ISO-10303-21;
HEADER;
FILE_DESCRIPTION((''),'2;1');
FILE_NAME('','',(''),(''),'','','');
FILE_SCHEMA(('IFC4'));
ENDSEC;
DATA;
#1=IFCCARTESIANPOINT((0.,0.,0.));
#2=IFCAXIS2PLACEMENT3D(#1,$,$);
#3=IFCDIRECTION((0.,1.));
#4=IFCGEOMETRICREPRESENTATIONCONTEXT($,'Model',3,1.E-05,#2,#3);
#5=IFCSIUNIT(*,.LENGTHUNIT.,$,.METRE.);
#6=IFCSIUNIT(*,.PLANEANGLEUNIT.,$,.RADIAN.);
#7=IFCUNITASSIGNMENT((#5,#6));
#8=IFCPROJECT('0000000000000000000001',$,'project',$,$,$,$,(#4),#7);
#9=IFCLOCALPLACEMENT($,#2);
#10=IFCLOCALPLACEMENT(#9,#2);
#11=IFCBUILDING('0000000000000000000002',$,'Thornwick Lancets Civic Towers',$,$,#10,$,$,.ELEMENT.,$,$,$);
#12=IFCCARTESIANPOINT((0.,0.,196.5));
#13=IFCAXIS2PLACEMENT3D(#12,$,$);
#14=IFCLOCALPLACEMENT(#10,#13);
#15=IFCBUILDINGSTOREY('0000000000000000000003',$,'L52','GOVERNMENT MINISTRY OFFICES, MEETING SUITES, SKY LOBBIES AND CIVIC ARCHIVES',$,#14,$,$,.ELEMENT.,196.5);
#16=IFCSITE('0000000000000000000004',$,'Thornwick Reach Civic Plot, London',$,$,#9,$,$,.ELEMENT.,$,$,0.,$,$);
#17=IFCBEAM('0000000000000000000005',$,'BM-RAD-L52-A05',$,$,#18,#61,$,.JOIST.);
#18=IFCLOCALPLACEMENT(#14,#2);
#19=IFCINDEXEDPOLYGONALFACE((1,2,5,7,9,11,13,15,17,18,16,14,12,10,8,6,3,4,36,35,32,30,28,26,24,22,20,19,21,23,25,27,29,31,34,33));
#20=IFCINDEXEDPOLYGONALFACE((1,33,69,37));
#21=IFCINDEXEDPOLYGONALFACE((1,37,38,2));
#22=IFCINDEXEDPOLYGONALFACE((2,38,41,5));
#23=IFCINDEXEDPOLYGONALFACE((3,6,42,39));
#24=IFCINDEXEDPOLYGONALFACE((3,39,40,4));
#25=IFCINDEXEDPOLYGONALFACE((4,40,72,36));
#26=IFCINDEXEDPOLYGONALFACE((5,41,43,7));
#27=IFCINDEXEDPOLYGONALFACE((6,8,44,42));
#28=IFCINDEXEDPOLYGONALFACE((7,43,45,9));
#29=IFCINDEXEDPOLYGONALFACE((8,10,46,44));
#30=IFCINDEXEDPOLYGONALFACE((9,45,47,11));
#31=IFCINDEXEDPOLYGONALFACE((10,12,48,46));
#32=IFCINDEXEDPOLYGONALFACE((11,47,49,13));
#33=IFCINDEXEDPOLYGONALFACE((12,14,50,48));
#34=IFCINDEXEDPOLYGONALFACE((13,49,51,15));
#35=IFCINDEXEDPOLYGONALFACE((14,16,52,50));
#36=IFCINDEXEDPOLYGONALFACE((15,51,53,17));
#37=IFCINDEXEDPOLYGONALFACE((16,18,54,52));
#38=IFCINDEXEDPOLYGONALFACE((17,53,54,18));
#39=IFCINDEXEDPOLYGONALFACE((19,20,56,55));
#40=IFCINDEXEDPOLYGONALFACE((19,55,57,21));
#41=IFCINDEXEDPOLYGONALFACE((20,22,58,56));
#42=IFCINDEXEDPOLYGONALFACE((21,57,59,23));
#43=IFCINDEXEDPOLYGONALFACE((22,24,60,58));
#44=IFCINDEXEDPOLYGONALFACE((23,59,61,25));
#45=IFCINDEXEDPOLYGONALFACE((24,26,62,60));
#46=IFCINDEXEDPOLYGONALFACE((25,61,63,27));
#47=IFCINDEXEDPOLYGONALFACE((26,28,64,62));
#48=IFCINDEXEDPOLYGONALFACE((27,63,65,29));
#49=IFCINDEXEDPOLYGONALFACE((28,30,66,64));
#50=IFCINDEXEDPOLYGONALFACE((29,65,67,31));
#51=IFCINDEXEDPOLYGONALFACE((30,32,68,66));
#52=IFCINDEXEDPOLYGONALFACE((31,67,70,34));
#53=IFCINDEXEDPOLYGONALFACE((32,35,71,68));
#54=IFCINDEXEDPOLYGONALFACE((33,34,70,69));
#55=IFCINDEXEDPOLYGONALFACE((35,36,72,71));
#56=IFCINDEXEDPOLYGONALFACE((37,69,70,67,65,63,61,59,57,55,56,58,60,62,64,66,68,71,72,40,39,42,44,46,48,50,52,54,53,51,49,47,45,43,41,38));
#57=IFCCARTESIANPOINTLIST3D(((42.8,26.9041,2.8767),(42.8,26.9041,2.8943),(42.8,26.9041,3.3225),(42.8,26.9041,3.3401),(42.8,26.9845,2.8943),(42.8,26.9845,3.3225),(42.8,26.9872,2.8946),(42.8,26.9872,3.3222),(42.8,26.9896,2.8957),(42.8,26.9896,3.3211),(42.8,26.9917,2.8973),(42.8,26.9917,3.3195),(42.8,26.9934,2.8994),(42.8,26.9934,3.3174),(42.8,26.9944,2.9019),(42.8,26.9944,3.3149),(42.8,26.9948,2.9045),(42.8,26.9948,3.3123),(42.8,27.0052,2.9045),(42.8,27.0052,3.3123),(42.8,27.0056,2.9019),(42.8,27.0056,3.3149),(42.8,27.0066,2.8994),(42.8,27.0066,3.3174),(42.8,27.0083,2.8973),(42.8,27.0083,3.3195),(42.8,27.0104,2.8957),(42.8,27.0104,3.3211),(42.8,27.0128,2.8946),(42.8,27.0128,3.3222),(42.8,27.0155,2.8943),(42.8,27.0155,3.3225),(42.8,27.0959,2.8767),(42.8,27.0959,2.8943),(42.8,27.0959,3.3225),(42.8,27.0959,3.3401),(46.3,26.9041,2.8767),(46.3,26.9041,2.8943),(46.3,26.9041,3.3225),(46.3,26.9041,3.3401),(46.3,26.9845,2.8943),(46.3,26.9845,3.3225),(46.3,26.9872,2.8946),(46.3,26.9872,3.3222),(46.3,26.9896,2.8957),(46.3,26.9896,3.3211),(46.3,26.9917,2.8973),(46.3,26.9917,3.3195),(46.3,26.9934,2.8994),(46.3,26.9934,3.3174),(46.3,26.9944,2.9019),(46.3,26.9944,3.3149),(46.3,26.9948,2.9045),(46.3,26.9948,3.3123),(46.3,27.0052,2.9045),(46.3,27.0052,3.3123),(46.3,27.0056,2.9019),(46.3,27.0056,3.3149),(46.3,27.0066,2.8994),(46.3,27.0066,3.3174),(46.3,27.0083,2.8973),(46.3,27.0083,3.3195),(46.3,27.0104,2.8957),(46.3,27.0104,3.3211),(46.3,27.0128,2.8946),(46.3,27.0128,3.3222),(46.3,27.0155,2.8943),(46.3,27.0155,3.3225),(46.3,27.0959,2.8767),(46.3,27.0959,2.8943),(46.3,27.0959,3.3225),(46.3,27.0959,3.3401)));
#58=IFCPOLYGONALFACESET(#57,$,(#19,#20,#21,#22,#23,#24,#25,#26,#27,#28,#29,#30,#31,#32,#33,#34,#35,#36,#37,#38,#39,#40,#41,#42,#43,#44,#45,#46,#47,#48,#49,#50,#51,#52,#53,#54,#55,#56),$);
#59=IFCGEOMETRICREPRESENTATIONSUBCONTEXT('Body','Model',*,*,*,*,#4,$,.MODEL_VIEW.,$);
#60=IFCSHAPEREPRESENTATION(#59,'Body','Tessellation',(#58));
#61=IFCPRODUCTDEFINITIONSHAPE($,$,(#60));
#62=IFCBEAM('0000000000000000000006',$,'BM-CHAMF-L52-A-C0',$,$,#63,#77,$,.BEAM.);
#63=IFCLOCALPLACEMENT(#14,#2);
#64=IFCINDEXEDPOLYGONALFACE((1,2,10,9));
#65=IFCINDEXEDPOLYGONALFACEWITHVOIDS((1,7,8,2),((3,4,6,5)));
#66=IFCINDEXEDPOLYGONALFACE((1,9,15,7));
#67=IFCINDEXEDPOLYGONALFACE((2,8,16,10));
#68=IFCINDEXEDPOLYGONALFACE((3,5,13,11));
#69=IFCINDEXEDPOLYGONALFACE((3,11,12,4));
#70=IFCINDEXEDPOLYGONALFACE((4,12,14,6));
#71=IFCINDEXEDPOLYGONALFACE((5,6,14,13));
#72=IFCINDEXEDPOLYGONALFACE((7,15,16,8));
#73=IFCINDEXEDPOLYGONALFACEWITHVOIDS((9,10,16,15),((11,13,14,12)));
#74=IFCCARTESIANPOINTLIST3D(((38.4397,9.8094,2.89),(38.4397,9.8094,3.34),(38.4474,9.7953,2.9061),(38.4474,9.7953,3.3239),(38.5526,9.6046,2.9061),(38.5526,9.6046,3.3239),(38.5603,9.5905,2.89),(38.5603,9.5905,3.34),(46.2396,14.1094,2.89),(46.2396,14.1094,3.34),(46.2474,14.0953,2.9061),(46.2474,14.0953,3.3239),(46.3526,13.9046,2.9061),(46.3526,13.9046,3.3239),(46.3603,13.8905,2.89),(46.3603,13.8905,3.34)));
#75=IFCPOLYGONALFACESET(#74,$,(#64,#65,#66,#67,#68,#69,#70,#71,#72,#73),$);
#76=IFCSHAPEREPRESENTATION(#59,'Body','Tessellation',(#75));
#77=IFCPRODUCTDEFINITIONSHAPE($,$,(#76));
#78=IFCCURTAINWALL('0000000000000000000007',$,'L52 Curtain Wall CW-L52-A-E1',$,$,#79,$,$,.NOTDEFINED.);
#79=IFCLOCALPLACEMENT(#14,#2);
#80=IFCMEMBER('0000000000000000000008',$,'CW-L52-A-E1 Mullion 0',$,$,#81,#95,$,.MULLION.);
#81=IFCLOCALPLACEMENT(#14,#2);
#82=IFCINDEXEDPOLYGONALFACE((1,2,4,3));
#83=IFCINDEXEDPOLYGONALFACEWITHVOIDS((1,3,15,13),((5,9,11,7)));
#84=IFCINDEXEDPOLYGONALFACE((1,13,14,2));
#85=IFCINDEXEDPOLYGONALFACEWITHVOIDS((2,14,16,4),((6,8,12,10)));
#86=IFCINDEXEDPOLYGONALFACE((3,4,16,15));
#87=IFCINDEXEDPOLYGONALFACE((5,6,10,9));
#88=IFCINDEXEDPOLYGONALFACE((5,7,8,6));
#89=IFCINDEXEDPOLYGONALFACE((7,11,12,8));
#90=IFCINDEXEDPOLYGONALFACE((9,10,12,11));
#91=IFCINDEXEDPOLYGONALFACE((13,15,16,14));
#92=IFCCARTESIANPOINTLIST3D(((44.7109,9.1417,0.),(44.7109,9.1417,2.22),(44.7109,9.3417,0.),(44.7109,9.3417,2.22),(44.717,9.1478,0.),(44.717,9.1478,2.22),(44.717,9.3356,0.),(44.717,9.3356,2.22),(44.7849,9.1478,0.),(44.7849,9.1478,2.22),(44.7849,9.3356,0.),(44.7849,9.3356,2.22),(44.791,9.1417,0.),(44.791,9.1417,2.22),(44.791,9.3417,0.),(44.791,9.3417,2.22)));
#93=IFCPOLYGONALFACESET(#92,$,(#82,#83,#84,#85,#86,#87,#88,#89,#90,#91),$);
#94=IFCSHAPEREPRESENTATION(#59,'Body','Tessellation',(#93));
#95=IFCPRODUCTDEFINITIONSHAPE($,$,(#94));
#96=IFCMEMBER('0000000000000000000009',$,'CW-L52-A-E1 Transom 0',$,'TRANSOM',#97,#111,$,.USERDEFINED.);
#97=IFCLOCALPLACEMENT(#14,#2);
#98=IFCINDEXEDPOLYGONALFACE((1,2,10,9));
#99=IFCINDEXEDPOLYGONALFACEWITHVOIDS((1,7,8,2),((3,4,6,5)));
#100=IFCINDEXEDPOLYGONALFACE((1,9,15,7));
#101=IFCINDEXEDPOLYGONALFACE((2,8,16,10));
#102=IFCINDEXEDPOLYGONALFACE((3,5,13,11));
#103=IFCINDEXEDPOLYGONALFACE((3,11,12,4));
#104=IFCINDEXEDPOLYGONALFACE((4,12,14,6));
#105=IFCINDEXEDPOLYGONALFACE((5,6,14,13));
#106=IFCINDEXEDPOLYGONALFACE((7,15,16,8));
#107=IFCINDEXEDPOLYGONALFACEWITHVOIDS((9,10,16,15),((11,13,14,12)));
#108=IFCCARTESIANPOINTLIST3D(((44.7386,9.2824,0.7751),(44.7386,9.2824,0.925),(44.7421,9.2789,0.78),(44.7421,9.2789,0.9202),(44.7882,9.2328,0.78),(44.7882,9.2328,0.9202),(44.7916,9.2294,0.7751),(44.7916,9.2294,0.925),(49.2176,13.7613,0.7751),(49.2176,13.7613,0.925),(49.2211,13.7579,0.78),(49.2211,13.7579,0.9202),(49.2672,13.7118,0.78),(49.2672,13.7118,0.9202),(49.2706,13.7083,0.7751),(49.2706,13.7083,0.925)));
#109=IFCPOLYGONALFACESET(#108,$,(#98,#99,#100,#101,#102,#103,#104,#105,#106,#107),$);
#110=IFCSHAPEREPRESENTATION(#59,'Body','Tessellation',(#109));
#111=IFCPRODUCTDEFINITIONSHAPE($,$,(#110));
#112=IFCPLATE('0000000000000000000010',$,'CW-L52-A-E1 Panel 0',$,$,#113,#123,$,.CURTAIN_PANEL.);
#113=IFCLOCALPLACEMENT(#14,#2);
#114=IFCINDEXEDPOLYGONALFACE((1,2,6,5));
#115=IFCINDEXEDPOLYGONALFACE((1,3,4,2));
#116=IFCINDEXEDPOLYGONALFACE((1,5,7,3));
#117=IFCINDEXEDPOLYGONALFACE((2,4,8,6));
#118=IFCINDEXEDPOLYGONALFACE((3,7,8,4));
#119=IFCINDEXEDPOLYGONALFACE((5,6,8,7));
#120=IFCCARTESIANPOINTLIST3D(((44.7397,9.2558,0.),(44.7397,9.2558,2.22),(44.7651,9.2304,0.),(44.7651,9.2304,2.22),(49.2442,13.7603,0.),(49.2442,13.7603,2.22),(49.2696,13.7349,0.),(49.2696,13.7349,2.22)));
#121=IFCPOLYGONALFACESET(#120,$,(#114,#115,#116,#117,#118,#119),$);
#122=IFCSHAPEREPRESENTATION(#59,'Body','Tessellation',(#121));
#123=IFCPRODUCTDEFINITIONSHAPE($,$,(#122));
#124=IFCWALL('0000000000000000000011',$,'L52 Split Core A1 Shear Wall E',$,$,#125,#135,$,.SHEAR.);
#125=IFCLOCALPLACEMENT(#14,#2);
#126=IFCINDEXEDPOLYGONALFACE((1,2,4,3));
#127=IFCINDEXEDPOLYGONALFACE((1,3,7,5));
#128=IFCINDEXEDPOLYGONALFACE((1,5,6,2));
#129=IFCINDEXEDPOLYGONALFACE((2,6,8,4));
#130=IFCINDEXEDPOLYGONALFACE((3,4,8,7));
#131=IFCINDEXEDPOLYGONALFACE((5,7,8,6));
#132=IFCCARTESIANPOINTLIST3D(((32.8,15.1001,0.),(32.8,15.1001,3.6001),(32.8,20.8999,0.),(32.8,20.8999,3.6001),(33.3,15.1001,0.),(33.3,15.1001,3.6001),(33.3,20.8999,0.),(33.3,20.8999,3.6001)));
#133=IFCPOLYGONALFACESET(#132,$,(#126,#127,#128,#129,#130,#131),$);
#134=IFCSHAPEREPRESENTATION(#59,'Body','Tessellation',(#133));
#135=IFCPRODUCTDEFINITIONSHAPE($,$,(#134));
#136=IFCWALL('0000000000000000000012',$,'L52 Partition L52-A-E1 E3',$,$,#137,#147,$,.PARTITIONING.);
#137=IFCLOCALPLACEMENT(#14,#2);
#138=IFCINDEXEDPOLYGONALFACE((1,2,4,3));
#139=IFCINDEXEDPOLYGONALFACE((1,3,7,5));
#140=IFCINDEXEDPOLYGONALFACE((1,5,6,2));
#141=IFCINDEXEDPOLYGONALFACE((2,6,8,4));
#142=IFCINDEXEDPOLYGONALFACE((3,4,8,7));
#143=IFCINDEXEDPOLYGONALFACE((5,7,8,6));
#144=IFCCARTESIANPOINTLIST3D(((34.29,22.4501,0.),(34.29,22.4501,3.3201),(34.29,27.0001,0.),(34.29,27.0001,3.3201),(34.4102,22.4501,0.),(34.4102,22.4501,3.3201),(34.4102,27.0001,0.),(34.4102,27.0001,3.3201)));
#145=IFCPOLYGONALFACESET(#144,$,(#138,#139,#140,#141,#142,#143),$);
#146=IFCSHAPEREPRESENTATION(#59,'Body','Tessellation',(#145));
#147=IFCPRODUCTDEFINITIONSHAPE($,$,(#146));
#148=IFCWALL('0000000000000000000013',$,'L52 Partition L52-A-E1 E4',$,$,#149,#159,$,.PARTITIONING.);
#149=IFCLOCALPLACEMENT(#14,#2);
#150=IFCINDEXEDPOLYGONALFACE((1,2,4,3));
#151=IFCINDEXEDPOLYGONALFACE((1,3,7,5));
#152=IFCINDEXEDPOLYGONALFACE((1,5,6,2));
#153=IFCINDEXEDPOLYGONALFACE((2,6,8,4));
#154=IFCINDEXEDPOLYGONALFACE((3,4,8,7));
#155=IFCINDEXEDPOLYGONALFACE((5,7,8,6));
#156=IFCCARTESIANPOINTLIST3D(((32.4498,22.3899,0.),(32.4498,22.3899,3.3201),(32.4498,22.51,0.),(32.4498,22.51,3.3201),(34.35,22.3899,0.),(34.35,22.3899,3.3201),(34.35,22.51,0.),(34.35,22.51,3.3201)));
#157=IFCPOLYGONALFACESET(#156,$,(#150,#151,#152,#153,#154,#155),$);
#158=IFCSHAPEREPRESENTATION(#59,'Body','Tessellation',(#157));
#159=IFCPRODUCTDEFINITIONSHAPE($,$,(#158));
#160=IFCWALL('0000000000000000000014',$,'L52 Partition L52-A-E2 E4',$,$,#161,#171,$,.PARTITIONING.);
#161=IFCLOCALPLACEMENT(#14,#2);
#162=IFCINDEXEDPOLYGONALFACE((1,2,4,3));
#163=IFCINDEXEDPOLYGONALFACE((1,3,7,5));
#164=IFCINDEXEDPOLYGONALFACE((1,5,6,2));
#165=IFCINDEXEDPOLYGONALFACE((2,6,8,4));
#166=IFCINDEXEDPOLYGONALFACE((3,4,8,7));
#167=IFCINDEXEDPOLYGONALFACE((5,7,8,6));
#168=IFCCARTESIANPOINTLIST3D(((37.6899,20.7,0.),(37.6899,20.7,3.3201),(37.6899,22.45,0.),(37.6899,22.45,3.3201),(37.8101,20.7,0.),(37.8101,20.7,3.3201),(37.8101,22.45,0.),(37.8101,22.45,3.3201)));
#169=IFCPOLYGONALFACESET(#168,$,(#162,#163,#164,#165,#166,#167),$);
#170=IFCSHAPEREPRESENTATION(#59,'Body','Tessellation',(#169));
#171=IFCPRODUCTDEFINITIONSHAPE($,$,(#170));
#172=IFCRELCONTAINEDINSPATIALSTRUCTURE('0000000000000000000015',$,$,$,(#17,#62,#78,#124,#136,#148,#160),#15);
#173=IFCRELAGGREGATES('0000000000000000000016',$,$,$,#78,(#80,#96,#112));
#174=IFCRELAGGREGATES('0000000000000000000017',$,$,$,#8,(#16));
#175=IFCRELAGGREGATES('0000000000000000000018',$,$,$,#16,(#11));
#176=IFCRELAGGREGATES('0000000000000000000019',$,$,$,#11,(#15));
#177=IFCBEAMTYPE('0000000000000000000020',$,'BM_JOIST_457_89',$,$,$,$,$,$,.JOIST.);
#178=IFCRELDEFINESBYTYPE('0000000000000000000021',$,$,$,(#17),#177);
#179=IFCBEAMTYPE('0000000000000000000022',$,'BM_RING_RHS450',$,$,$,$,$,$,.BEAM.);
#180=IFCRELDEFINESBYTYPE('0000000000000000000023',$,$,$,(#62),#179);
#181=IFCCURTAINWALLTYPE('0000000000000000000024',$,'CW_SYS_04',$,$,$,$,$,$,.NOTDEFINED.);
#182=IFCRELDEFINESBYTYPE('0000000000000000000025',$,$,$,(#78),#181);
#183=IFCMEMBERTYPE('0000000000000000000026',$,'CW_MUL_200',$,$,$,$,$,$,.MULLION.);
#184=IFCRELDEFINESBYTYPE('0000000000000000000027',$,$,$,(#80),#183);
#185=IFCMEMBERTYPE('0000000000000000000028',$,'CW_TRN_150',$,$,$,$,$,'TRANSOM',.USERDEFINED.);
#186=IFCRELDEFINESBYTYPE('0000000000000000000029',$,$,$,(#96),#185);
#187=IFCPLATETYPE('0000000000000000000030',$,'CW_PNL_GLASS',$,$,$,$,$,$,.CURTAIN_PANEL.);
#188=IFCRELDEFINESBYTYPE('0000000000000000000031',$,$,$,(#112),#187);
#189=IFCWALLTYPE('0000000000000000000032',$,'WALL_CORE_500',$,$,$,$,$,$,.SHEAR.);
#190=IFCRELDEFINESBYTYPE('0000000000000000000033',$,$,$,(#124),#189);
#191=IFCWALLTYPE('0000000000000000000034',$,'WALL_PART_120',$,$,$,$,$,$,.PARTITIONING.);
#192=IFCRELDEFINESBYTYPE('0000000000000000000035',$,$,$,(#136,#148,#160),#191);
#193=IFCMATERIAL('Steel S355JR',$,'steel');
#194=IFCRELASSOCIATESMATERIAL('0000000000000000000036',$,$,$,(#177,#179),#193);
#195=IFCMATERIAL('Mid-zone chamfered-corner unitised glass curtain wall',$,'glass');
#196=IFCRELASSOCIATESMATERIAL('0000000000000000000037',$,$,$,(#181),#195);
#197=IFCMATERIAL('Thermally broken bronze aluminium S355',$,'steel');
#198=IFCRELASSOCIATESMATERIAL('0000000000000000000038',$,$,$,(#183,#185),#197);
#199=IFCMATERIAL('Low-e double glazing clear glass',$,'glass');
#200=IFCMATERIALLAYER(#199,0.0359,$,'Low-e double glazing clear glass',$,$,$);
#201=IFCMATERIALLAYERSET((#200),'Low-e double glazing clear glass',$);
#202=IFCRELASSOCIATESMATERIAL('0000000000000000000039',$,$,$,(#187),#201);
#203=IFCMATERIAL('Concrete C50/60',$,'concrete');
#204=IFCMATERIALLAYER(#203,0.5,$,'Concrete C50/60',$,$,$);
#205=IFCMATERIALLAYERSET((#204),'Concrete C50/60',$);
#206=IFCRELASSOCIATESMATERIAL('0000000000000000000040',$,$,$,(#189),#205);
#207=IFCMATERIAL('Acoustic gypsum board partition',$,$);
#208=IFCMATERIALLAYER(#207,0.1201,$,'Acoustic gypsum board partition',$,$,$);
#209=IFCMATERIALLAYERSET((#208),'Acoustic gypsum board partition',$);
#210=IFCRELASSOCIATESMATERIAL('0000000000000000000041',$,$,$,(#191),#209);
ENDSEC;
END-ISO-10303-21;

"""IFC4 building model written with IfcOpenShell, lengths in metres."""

from ifc_helpers import new_model, si_unit, direction, frame, frame_2d, origin, origin_2d, place, context, subcontext, project, spatial, rectangle, hollow_rectangle, i_section, extrude, material, layer, layer_set, material_profile, profile_set, type_object, element, aggregate, save


model = new_model("IFC4")

# Units and contexts
model_context = context("Model", 3, precision=1e-05, world=origin(), true_north=direction((0.0, 1.0)))
body_context = subcontext(model_context, "Body", "Model", "MODEL_VIEW")
ifc_project = project(units=[si_unit("LENGTHUNIT", "METRE"), si_unit("PLANEANGLEUNIT", "RADIAN")], contexts=[model_context])

# Site, building, storey
site_placement = place(None, origin())
site = spatial("IfcSite", under=ifc_project, at=site_placement, Name="Thornwick Reach Civic Plot, London", CompositionType="ELEMENT", RefElevation=0.0)
building_placement = place(site_placement, origin())
building = spatial("IfcBuilding", under=site, at=building_placement, Name="Thornwick Lancets Civic Towers", CompositionType="ELEMENT")
storey_placement = place(building_placement, frame((0.0, 0.0, 196.5)))
storey = spatial("IfcBuildingStorey", under=building, at=storey_placement, Name="L52", Description="GOVERNMENT MINISTRY OFFICES, MEETING SUITES, SKY LOBBIES AND CIVIC ARCHIVES", CompositionType="ELEMENT", Elevation=196.5)

# Shared definitions
ifc_material_1 = material(Name="Concrete C50/60", Category="concrete")

# Beams
ifc_material_2 = material(Name="Steel S355JR", Category="steel")
ifc_material_profile_1 = material_profile(ifc_material_2, i_section(OverallWidth=0.1919, OverallDepth=0.4634, WebThickness=0.0105, FlangeThickness=0.0176, FilletRadius=0.0103, at=origin_2d()), Name="UKB 457x191x89")
ifc_profile_set_1 = profile_set([ifc_material_profile_1], Name="Steel S355JR")
beam_type_1 = type_object("IfcBeamType", Name="BM_JOIST_457_89", PredefinedType="JOIST", material=ifc_profile_set_1)
for number, where, z_axis, x_axis, name in (
    (1, (42.8, 27.0, 3.1084), (1.0, 0.0, 0.0), (0.0, 1.0, 0.0), "BM-RAD-L52-A05"),
):
    element("IfcBeam", number, at=place(storey_placement, frame(where, z_axis=z_axis, x_axis=x_axis)), inside=storey, type_object=beam_type_1, Name=name, PredefinedType="JOIST", context=body_context, shape_type="SweptSolid", body=[
        extrude(i_section(OverallWidth=0.1919, OverallDepth=0.4634, WebThickness=0.0105, FlangeThickness=0.0176, FilletRadius=0.0103, at=origin_2d()), origin(), (0.0, 0.0, 1.0), 3.5),
    ])
ifc_material_profile_2 = material_profile(ifc_material_2, hollow_rectangle(XDim=0.25, YDim=0.45, WallThickness=0.0161, at=origin_2d()), Name="RHS 450x250x16")
ifc_profile_set_2 = profile_set([ifc_material_profile_2], Name="Steel S355JR")
beam_type_2 = type_object("IfcBeamType", Name="BM_RING_RHS450", PredefinedType="BEAM", material=ifc_profile_set_2)
beam_1_placement = place(storey_placement, frame((38.5, 9.7, 3.115), z_axis=(0.87574, 0.482782, 0.0), x_axis=(-0.482782, 0.87574, 0.0)))
element("IfcBeam", 2, at=beam_1_placement, inside=storey, type_object=beam_type_2, Name="BM-CHAMF-L52-A-C0", PredefinedType="BEAM", context=body_context, shape_type="SweptSolid", body=[
    extrude(hollow_rectangle(XDim=0.25, YDim=0.45, WallThickness=0.0161, at=origin_2d()), origin(), (0.0, 0.0, 1.0), 8.9067),
])

# Curtain wall, members, plate
ifc_material_3 = material(Name="Mid-zone chamfered-corner unitised glass curtain wall", Category="glass")
curtain_wall_type = type_object("IfcCurtainWallType", Name="CW_SYS_04", PredefinedType="NOTDEFINED", material=ifc_material_3)
curtain_wall_placement = place(storey_placement, origin())
curtain_wall = element("IfcCurtainWall", 3, at=curtain_wall_placement, inside=storey, type_object=curtain_wall_type, Name="L52 Curtain Wall CW-L52-A-E1", PredefinedType="NOTDEFINED")
ifc_material_4 = material(Name="Thermally broken bronze aluminium S355", Category="steel")
ifc_material_profile_3 = material_profile(ifc_material_4, hollow_rectangle(XDim=0.0801, YDim=0.2, WallThickness=0.0061, at=origin_2d()), Name="RHS 200x80x6")
ifc_profile_set_3 = profile_set([ifc_material_profile_3], Name="Thermally broken bronze aluminium S355")
member_type_1 = type_object("IfcMemberType", Name="CW_MUL_200", PredefinedType="MULLION", material=ifc_profile_set_3)
member_1_placement = place(storey_placement, frame((44.751, 9.2417, 0.0), z_axis=(0.0, 0.0, 1.0), x_axis=(1.0, 0.0, 0.0)))
member_1 = element("IfcMember", 4, at=member_1_placement, type_object=member_type_1, Name="CW-L52-A-E1 Mullion 0", PredefinedType="MULLION", context=body_context, shape_type="SweptSolid", body=[
    extrude(hollow_rectangle(XDim=0.0801, YDim=0.2, WallThickness=0.0061, at=origin_2d()), origin(), (0.0, 0.0, 1.0), 2.22),
])
ifc_material_profile_4 = material_profile(ifc_material_4, hollow_rectangle(XDim=0.075, YDim=0.1499, WallThickness=0.0049, at=origin_2d()), Name="RHS 150x75x5")
ifc_profile_set_4 = profile_set([ifc_material_profile_4], Name="Thermally broken bronze aluminium S355")
member_type_2 = type_object("IfcMemberType", Name="CW_TRN_150", ElementType="TRANSOM", PredefinedType="USERDEFINED", material=ifc_profile_set_4)
member_2_placement = place(storey_placement, frame((44.7651, 9.2559, 0.8501), z_axis=(0.707107, 0.707107, 0.0), x_axis=(-0.707107, 0.707107, 0.0)))
member_2 = element("IfcMember", 5, at=member_2_placement, type_object=member_type_2, Name="CW-L52-A-E1 Transom 0", ObjectType="TRANSOM", PredefinedType="USERDEFINED", context=body_context, shape_type="SweptSolid", body=[
    extrude(hollow_rectangle(XDim=0.075, YDim=0.1499, WallThickness=0.0049, at=origin_2d()), origin(), (0.0, 0.0, 1.0), 6.3342),
])
ifc_material_5 = material(Name="Low-e double glazing clear glass", Category="glass")
ifc_layer_1 = layer(ifc_material_5, 0.0359, Name="Low-e double glazing clear glass")
ifc_layer_set_1 = layer_set([ifc_layer_1], Name="Low-e double glazing clear glass")
plate_type = type_object("IfcPlateType", Name="CW_PNL_GLASS", PredefinedType="CURTAIN_PANEL", material=ifc_layer_set_1)
plate_placement = place(storey_placement, frame((47.0046, 11.4954, 0.0), z_axis=(0.0, 0.0, 1.0), x_axis=(0.707107, 0.707107, 0.0)))
plate = element("IfcPlate", 6, at=plate_placement, type_object=plate_type, Name="CW-L52-A-E1 Panel 0", PredefinedType="CURTAIN_PANEL", context=body_context, shape_type="SweptSolid", body=[
    extrude(rectangle(XDim=6.3704, YDim=0.0359, at=origin_2d()), origin(), (0.0, 0.0, 1.0), 2.22),
])
aggregate(curtain_wall, [member_1, member_2, plate])

# Walls
ifc_layer_2 = layer(ifc_material_1, 0.5, Name="Concrete C50/60")
ifc_layer_set_2 = layer_set([ifc_layer_2], Name="Concrete C50/60")
wall_type_1 = type_object("IfcWallType", Name="WALL_CORE_500", PredefinedType="SHEAR", material=ifc_layer_set_2)
wall_1_placement = place(storey_placement, frame((33.05, 15.1001, 0.0), z_axis=(0.0, 0.0, 1.0), x_axis=(0.0, 1.0, 0.0)))
element("IfcWall", 7, at=wall_1_placement, inside=storey, type_object=wall_type_1, Name="L52 Split Core A1 Shear Wall E", PredefinedType="SHEAR", context=body_context, shape_type="SweptSolid", body=[
    extrude(rectangle(XDim=5.7998, YDim=0.5, at=frame_2d((2.8999, 0.0))), origin(), (0.0, 0.0, 1.0), 3.6001),
])
ifc_material_6 = material(Name="Acoustic gypsum board partition")
ifc_layer_3 = layer(ifc_material_6, 0.1201, Name="Acoustic gypsum board partition")
ifc_layer_set_3 = layer_set([ifc_layer_3], Name="Acoustic gypsum board partition")
wall_type_2 = type_object("IfcWallType", Name="WALL_PART_120", PredefinedType="PARTITIONING", material=ifc_layer_set_3)
wall_2_placement = place(storey_placement, frame((34.3501, 27.0, 0.0), z_axis=(0.0, 0.0, 1.0), x_axis=(0.0, -1.0, 0.0)))
element("IfcWall", 8, at=wall_2_placement, inside=storey, type_object=wall_type_2, Name="L52 Partition L52-A-E1 E3", PredefinedType="PARTITIONING", context=body_context, shape_type="SweptSolid", body=[
    extrude(rectangle(XDim=4.55, YDim=0.1201, at=frame_2d((2.2749, 0.0))), origin(), (0.0, 0.0, 1.0), 3.3201),
])
wall_3_placement = place(storey_placement, frame((34.3501, 22.45, 0.0), z_axis=(0.0, 0.0, 1.0), x_axis=(-1.0, 0.0, 0.0)))
element("IfcWall", 9, at=wall_3_placement, inside=storey, type_object=wall_type_2, Name="L52 Partition L52-A-E1 E4", PredefinedType="PARTITIONING", context=body_context, shape_type="SweptSolid", body=[
    extrude(rectangle(XDim=1.9001, YDim=0.1201, at=frame_2d((0.9502, 0.0))), origin(), (0.0, 0.0, 1.0), 3.3201),
])
wall_4_placement = place(storey_placement, frame((37.75, 20.7, 0.0), z_axis=(0.0, 0.0, 1.0), x_axis=(0.0, 1.0, 0.0)))
element("IfcWall", 10, at=wall_4_placement, inside=storey, type_object=wall_type_2, Name="L52 Partition L52-A-E2 E4", PredefinedType="PARTITIONING", context=body_context, shape_type="SweptSolid", body=[
    extrude(rectangle(XDim=1.75, YDim=0.1201, at=frame_2d((0.875, 0.0))), origin(), (0.0, 0.0, 1.0), 3.3201),
])

save(model, "model.ifc")
